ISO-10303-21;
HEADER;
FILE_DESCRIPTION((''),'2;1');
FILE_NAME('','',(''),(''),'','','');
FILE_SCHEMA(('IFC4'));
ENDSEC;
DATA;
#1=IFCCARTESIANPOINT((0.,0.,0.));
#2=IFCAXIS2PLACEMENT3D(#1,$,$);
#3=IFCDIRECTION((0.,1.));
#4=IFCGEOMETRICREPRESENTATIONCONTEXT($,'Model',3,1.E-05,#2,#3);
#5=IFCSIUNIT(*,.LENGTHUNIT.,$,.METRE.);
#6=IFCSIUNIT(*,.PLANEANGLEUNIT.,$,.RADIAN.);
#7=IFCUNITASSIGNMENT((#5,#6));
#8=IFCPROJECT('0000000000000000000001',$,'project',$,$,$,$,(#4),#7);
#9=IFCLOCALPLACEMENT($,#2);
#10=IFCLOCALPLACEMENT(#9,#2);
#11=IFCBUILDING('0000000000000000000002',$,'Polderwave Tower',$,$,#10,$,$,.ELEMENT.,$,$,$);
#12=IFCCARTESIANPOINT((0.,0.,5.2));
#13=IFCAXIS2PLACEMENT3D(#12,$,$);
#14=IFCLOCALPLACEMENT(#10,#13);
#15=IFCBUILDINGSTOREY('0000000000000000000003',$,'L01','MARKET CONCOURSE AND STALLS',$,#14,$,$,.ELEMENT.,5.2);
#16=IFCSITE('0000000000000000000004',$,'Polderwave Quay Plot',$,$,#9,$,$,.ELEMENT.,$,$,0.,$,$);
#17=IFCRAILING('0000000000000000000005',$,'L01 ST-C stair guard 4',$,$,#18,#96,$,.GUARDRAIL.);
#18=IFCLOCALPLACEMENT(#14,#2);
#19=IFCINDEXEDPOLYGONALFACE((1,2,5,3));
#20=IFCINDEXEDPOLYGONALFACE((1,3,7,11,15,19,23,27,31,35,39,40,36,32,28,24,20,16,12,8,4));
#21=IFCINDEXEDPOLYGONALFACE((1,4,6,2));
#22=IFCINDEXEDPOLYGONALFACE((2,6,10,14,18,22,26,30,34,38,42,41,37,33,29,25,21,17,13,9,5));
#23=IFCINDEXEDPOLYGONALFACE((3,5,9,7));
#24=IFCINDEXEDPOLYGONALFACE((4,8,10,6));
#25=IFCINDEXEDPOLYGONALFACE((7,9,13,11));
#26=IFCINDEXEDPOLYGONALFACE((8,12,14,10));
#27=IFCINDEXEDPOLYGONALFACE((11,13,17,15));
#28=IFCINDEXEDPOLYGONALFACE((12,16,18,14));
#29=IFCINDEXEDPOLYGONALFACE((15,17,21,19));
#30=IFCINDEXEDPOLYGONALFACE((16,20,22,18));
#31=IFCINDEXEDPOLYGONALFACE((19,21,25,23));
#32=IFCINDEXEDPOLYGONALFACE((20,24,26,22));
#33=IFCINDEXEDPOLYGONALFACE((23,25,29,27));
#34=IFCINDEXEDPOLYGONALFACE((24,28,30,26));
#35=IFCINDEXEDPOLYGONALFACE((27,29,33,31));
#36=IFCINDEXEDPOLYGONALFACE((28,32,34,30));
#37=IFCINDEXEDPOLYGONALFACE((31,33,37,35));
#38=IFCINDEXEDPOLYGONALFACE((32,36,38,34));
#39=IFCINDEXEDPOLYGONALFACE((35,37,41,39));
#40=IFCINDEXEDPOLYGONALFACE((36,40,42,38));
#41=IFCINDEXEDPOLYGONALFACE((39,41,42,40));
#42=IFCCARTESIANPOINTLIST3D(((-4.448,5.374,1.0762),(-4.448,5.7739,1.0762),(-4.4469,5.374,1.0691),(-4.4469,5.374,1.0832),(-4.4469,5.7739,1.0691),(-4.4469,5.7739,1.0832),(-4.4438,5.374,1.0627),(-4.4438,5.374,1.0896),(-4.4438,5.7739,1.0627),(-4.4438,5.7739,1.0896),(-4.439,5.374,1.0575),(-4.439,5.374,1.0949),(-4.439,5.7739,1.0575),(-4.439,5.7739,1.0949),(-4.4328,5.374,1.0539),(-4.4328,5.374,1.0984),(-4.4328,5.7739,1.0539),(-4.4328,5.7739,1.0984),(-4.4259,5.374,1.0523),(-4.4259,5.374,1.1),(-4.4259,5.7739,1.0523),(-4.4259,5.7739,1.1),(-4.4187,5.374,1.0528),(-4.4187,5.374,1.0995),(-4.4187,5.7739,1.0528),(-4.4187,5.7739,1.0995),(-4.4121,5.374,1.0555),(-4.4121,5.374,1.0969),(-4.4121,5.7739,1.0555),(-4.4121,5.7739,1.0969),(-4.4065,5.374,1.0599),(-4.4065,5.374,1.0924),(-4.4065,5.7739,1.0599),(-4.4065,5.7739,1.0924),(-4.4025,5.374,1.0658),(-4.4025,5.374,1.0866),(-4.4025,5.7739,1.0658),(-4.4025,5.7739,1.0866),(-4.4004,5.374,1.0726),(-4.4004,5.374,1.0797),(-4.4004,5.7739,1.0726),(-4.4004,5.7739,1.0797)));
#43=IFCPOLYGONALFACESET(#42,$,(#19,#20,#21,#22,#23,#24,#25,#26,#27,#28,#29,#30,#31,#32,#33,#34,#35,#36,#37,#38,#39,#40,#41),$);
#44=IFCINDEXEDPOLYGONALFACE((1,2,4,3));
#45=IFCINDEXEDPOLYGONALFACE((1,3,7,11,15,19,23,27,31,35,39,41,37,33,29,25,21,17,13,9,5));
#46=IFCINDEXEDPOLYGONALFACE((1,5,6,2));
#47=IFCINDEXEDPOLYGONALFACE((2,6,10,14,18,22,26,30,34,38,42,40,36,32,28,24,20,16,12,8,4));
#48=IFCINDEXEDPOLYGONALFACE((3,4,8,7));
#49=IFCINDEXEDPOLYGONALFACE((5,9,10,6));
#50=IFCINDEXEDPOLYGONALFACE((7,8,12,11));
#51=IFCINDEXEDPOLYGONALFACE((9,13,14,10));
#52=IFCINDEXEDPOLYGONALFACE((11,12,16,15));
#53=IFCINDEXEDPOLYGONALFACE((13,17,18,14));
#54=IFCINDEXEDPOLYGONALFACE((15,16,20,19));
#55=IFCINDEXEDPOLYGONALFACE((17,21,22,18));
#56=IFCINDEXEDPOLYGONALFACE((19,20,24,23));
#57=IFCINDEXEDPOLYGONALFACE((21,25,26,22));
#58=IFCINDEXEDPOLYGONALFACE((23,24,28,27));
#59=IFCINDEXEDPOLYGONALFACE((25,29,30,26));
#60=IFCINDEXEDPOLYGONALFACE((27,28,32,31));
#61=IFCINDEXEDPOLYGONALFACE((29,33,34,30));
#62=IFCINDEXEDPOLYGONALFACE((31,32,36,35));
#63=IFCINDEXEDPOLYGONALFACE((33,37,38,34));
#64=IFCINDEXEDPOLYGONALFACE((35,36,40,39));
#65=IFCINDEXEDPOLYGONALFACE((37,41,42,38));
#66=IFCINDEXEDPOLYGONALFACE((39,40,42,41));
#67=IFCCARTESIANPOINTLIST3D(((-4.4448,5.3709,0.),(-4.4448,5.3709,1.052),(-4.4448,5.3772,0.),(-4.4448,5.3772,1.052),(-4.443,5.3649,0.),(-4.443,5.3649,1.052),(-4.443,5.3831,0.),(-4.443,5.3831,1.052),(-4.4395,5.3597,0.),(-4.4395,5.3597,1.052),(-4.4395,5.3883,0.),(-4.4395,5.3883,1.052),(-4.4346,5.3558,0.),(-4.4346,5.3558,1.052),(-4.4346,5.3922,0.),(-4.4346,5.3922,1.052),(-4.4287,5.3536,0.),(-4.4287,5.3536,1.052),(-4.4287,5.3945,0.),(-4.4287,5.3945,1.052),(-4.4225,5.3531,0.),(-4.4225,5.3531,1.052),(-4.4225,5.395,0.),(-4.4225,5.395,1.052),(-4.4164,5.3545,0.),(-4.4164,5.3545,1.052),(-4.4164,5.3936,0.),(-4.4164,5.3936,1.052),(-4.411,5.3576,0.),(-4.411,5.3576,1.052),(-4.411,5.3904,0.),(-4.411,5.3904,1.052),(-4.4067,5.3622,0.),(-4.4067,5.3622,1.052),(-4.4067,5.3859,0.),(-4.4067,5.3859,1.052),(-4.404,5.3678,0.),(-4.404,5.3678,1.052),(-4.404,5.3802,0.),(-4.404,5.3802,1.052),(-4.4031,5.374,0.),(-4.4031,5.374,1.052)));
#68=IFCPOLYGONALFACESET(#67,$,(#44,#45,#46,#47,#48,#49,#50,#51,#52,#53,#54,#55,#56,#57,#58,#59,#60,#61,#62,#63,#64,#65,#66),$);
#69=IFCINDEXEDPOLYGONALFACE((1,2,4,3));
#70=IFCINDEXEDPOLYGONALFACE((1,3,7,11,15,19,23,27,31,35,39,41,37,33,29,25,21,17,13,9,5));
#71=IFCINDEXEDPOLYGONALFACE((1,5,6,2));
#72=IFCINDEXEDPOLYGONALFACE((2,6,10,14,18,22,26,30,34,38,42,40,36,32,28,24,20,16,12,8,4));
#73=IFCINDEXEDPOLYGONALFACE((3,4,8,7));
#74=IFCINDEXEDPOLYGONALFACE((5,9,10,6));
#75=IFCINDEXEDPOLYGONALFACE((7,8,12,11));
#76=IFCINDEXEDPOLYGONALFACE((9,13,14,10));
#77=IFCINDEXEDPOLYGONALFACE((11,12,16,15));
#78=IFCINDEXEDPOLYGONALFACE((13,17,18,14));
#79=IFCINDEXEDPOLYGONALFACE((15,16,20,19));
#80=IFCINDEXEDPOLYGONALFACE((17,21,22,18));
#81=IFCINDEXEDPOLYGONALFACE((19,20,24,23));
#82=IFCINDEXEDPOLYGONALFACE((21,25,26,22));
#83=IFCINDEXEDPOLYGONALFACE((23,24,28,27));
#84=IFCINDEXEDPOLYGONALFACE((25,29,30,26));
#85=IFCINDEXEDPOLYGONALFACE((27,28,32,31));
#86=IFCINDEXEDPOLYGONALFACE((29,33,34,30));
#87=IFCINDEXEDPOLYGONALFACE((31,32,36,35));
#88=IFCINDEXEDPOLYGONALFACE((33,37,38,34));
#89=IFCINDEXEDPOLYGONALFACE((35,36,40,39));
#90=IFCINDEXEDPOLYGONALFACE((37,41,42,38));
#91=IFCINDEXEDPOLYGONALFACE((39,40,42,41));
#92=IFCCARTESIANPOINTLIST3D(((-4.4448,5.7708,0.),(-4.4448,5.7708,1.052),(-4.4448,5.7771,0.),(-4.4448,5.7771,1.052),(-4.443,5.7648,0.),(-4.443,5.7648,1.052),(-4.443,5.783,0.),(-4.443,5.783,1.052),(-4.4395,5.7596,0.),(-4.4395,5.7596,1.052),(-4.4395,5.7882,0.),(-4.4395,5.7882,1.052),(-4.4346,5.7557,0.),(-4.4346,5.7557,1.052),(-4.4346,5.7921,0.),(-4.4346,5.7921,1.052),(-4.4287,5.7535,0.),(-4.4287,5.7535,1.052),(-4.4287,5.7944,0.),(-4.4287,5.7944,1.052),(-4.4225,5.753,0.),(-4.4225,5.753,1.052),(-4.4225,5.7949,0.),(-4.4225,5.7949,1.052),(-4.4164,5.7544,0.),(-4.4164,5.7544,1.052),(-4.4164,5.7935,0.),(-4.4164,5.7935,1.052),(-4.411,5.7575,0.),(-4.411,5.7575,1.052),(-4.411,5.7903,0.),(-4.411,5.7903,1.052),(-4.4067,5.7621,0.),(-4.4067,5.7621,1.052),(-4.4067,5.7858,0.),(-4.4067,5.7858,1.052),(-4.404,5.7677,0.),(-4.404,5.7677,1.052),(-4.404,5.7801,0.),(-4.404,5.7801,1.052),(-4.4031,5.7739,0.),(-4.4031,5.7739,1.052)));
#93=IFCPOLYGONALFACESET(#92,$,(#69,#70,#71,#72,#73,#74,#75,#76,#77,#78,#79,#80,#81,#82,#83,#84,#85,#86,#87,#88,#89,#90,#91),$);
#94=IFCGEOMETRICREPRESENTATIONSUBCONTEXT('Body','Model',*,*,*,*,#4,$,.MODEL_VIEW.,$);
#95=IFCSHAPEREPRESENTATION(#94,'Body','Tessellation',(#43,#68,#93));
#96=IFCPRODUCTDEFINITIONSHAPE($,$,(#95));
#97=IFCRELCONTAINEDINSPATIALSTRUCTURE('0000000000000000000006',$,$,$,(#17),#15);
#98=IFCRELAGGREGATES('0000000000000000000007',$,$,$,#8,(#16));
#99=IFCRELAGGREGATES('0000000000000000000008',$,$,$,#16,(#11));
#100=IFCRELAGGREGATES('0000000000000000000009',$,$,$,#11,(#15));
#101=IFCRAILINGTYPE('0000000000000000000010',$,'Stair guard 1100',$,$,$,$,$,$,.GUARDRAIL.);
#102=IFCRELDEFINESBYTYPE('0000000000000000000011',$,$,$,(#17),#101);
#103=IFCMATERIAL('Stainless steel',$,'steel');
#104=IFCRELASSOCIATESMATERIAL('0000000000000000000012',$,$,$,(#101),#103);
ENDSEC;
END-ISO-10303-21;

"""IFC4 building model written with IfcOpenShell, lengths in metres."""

from ifc_helpers import new_model, si_unit, direction, frame, origin, origin_2d, place, context, subcontext, project, spatial, circle, extrude, material, type_object, element, save


model = new_model("IFC4")

# Units and contexts
model_context = context("Model", 3, precision=1e-05, world=origin(), true_north=direction((0.0, 1.0)))
body_context = subcontext(model_context, "Body", "Model", "MODEL_VIEW")
ifc_project = project(units=[si_unit("LENGTHUNIT", "METRE"), si_unit("PLANEANGLEUNIT", "RADIAN")], contexts=[model_context])

# Site, building, storey
site_placement = place(None, origin())
site = spatial("IfcSite", under=ifc_project, at=site_placement, Name="Polderwave Quay Plot", CompositionType="ELEMENT", RefElevation=0.0)
building_placement = place(site_placement, origin())
building = spatial("IfcBuilding", under=site, at=building_placement, Name="Polderwave Tower", CompositionType="ELEMENT")
storey_placement = place(building_placement, frame((0.0, 0.0, 5.2)))
storey = spatial("IfcBuildingStorey", under=building, at=storey_placement, Name="L01", Description="MARKET CONCOURSE AND STALLS", CompositionType="ELEMENT", Elevation=5.2)

# Railing
ifc_material_1 = material(Name="Stainless steel", Category="steel")
railing_type_1 = type_object("IfcRailingType", Name="Stair guard 1100", PredefinedType="GUARDRAIL", material=ifc_material_1)
railing_1_placement = place(storey_placement, frame((-4.4241, 5.374, 0.0)))
element("IfcRailing", 1, at=railing_1_placement, inside=storey, type_object=railing_type_1, Name="L01 ST-C stair guard 4", PredefinedType="GUARDRAIL", context=body_context, shape_type="SweptSolid", body=[
    extrude(circle(Radius=0.0239, at=origin_2d()), frame((0.0, 0.0, 1.0762), z_axis=(0.0, 1.0, 0.0), x_axis=(-1.0, 0.0, 0.0)), (0.0, 0.0, 1.0), 0.3999),
    extrude(circle(Radius=0.021, at=origin_2d()), origin(), (0.0, 0.0, 1.0), 1.052),
    extrude(circle(Radius=0.021, at=origin_2d()), frame((0.0, 0.3999, 0.0)), (0.0, 0.0, 1.0), 1.052),
])

save(model, "model.ifc")
